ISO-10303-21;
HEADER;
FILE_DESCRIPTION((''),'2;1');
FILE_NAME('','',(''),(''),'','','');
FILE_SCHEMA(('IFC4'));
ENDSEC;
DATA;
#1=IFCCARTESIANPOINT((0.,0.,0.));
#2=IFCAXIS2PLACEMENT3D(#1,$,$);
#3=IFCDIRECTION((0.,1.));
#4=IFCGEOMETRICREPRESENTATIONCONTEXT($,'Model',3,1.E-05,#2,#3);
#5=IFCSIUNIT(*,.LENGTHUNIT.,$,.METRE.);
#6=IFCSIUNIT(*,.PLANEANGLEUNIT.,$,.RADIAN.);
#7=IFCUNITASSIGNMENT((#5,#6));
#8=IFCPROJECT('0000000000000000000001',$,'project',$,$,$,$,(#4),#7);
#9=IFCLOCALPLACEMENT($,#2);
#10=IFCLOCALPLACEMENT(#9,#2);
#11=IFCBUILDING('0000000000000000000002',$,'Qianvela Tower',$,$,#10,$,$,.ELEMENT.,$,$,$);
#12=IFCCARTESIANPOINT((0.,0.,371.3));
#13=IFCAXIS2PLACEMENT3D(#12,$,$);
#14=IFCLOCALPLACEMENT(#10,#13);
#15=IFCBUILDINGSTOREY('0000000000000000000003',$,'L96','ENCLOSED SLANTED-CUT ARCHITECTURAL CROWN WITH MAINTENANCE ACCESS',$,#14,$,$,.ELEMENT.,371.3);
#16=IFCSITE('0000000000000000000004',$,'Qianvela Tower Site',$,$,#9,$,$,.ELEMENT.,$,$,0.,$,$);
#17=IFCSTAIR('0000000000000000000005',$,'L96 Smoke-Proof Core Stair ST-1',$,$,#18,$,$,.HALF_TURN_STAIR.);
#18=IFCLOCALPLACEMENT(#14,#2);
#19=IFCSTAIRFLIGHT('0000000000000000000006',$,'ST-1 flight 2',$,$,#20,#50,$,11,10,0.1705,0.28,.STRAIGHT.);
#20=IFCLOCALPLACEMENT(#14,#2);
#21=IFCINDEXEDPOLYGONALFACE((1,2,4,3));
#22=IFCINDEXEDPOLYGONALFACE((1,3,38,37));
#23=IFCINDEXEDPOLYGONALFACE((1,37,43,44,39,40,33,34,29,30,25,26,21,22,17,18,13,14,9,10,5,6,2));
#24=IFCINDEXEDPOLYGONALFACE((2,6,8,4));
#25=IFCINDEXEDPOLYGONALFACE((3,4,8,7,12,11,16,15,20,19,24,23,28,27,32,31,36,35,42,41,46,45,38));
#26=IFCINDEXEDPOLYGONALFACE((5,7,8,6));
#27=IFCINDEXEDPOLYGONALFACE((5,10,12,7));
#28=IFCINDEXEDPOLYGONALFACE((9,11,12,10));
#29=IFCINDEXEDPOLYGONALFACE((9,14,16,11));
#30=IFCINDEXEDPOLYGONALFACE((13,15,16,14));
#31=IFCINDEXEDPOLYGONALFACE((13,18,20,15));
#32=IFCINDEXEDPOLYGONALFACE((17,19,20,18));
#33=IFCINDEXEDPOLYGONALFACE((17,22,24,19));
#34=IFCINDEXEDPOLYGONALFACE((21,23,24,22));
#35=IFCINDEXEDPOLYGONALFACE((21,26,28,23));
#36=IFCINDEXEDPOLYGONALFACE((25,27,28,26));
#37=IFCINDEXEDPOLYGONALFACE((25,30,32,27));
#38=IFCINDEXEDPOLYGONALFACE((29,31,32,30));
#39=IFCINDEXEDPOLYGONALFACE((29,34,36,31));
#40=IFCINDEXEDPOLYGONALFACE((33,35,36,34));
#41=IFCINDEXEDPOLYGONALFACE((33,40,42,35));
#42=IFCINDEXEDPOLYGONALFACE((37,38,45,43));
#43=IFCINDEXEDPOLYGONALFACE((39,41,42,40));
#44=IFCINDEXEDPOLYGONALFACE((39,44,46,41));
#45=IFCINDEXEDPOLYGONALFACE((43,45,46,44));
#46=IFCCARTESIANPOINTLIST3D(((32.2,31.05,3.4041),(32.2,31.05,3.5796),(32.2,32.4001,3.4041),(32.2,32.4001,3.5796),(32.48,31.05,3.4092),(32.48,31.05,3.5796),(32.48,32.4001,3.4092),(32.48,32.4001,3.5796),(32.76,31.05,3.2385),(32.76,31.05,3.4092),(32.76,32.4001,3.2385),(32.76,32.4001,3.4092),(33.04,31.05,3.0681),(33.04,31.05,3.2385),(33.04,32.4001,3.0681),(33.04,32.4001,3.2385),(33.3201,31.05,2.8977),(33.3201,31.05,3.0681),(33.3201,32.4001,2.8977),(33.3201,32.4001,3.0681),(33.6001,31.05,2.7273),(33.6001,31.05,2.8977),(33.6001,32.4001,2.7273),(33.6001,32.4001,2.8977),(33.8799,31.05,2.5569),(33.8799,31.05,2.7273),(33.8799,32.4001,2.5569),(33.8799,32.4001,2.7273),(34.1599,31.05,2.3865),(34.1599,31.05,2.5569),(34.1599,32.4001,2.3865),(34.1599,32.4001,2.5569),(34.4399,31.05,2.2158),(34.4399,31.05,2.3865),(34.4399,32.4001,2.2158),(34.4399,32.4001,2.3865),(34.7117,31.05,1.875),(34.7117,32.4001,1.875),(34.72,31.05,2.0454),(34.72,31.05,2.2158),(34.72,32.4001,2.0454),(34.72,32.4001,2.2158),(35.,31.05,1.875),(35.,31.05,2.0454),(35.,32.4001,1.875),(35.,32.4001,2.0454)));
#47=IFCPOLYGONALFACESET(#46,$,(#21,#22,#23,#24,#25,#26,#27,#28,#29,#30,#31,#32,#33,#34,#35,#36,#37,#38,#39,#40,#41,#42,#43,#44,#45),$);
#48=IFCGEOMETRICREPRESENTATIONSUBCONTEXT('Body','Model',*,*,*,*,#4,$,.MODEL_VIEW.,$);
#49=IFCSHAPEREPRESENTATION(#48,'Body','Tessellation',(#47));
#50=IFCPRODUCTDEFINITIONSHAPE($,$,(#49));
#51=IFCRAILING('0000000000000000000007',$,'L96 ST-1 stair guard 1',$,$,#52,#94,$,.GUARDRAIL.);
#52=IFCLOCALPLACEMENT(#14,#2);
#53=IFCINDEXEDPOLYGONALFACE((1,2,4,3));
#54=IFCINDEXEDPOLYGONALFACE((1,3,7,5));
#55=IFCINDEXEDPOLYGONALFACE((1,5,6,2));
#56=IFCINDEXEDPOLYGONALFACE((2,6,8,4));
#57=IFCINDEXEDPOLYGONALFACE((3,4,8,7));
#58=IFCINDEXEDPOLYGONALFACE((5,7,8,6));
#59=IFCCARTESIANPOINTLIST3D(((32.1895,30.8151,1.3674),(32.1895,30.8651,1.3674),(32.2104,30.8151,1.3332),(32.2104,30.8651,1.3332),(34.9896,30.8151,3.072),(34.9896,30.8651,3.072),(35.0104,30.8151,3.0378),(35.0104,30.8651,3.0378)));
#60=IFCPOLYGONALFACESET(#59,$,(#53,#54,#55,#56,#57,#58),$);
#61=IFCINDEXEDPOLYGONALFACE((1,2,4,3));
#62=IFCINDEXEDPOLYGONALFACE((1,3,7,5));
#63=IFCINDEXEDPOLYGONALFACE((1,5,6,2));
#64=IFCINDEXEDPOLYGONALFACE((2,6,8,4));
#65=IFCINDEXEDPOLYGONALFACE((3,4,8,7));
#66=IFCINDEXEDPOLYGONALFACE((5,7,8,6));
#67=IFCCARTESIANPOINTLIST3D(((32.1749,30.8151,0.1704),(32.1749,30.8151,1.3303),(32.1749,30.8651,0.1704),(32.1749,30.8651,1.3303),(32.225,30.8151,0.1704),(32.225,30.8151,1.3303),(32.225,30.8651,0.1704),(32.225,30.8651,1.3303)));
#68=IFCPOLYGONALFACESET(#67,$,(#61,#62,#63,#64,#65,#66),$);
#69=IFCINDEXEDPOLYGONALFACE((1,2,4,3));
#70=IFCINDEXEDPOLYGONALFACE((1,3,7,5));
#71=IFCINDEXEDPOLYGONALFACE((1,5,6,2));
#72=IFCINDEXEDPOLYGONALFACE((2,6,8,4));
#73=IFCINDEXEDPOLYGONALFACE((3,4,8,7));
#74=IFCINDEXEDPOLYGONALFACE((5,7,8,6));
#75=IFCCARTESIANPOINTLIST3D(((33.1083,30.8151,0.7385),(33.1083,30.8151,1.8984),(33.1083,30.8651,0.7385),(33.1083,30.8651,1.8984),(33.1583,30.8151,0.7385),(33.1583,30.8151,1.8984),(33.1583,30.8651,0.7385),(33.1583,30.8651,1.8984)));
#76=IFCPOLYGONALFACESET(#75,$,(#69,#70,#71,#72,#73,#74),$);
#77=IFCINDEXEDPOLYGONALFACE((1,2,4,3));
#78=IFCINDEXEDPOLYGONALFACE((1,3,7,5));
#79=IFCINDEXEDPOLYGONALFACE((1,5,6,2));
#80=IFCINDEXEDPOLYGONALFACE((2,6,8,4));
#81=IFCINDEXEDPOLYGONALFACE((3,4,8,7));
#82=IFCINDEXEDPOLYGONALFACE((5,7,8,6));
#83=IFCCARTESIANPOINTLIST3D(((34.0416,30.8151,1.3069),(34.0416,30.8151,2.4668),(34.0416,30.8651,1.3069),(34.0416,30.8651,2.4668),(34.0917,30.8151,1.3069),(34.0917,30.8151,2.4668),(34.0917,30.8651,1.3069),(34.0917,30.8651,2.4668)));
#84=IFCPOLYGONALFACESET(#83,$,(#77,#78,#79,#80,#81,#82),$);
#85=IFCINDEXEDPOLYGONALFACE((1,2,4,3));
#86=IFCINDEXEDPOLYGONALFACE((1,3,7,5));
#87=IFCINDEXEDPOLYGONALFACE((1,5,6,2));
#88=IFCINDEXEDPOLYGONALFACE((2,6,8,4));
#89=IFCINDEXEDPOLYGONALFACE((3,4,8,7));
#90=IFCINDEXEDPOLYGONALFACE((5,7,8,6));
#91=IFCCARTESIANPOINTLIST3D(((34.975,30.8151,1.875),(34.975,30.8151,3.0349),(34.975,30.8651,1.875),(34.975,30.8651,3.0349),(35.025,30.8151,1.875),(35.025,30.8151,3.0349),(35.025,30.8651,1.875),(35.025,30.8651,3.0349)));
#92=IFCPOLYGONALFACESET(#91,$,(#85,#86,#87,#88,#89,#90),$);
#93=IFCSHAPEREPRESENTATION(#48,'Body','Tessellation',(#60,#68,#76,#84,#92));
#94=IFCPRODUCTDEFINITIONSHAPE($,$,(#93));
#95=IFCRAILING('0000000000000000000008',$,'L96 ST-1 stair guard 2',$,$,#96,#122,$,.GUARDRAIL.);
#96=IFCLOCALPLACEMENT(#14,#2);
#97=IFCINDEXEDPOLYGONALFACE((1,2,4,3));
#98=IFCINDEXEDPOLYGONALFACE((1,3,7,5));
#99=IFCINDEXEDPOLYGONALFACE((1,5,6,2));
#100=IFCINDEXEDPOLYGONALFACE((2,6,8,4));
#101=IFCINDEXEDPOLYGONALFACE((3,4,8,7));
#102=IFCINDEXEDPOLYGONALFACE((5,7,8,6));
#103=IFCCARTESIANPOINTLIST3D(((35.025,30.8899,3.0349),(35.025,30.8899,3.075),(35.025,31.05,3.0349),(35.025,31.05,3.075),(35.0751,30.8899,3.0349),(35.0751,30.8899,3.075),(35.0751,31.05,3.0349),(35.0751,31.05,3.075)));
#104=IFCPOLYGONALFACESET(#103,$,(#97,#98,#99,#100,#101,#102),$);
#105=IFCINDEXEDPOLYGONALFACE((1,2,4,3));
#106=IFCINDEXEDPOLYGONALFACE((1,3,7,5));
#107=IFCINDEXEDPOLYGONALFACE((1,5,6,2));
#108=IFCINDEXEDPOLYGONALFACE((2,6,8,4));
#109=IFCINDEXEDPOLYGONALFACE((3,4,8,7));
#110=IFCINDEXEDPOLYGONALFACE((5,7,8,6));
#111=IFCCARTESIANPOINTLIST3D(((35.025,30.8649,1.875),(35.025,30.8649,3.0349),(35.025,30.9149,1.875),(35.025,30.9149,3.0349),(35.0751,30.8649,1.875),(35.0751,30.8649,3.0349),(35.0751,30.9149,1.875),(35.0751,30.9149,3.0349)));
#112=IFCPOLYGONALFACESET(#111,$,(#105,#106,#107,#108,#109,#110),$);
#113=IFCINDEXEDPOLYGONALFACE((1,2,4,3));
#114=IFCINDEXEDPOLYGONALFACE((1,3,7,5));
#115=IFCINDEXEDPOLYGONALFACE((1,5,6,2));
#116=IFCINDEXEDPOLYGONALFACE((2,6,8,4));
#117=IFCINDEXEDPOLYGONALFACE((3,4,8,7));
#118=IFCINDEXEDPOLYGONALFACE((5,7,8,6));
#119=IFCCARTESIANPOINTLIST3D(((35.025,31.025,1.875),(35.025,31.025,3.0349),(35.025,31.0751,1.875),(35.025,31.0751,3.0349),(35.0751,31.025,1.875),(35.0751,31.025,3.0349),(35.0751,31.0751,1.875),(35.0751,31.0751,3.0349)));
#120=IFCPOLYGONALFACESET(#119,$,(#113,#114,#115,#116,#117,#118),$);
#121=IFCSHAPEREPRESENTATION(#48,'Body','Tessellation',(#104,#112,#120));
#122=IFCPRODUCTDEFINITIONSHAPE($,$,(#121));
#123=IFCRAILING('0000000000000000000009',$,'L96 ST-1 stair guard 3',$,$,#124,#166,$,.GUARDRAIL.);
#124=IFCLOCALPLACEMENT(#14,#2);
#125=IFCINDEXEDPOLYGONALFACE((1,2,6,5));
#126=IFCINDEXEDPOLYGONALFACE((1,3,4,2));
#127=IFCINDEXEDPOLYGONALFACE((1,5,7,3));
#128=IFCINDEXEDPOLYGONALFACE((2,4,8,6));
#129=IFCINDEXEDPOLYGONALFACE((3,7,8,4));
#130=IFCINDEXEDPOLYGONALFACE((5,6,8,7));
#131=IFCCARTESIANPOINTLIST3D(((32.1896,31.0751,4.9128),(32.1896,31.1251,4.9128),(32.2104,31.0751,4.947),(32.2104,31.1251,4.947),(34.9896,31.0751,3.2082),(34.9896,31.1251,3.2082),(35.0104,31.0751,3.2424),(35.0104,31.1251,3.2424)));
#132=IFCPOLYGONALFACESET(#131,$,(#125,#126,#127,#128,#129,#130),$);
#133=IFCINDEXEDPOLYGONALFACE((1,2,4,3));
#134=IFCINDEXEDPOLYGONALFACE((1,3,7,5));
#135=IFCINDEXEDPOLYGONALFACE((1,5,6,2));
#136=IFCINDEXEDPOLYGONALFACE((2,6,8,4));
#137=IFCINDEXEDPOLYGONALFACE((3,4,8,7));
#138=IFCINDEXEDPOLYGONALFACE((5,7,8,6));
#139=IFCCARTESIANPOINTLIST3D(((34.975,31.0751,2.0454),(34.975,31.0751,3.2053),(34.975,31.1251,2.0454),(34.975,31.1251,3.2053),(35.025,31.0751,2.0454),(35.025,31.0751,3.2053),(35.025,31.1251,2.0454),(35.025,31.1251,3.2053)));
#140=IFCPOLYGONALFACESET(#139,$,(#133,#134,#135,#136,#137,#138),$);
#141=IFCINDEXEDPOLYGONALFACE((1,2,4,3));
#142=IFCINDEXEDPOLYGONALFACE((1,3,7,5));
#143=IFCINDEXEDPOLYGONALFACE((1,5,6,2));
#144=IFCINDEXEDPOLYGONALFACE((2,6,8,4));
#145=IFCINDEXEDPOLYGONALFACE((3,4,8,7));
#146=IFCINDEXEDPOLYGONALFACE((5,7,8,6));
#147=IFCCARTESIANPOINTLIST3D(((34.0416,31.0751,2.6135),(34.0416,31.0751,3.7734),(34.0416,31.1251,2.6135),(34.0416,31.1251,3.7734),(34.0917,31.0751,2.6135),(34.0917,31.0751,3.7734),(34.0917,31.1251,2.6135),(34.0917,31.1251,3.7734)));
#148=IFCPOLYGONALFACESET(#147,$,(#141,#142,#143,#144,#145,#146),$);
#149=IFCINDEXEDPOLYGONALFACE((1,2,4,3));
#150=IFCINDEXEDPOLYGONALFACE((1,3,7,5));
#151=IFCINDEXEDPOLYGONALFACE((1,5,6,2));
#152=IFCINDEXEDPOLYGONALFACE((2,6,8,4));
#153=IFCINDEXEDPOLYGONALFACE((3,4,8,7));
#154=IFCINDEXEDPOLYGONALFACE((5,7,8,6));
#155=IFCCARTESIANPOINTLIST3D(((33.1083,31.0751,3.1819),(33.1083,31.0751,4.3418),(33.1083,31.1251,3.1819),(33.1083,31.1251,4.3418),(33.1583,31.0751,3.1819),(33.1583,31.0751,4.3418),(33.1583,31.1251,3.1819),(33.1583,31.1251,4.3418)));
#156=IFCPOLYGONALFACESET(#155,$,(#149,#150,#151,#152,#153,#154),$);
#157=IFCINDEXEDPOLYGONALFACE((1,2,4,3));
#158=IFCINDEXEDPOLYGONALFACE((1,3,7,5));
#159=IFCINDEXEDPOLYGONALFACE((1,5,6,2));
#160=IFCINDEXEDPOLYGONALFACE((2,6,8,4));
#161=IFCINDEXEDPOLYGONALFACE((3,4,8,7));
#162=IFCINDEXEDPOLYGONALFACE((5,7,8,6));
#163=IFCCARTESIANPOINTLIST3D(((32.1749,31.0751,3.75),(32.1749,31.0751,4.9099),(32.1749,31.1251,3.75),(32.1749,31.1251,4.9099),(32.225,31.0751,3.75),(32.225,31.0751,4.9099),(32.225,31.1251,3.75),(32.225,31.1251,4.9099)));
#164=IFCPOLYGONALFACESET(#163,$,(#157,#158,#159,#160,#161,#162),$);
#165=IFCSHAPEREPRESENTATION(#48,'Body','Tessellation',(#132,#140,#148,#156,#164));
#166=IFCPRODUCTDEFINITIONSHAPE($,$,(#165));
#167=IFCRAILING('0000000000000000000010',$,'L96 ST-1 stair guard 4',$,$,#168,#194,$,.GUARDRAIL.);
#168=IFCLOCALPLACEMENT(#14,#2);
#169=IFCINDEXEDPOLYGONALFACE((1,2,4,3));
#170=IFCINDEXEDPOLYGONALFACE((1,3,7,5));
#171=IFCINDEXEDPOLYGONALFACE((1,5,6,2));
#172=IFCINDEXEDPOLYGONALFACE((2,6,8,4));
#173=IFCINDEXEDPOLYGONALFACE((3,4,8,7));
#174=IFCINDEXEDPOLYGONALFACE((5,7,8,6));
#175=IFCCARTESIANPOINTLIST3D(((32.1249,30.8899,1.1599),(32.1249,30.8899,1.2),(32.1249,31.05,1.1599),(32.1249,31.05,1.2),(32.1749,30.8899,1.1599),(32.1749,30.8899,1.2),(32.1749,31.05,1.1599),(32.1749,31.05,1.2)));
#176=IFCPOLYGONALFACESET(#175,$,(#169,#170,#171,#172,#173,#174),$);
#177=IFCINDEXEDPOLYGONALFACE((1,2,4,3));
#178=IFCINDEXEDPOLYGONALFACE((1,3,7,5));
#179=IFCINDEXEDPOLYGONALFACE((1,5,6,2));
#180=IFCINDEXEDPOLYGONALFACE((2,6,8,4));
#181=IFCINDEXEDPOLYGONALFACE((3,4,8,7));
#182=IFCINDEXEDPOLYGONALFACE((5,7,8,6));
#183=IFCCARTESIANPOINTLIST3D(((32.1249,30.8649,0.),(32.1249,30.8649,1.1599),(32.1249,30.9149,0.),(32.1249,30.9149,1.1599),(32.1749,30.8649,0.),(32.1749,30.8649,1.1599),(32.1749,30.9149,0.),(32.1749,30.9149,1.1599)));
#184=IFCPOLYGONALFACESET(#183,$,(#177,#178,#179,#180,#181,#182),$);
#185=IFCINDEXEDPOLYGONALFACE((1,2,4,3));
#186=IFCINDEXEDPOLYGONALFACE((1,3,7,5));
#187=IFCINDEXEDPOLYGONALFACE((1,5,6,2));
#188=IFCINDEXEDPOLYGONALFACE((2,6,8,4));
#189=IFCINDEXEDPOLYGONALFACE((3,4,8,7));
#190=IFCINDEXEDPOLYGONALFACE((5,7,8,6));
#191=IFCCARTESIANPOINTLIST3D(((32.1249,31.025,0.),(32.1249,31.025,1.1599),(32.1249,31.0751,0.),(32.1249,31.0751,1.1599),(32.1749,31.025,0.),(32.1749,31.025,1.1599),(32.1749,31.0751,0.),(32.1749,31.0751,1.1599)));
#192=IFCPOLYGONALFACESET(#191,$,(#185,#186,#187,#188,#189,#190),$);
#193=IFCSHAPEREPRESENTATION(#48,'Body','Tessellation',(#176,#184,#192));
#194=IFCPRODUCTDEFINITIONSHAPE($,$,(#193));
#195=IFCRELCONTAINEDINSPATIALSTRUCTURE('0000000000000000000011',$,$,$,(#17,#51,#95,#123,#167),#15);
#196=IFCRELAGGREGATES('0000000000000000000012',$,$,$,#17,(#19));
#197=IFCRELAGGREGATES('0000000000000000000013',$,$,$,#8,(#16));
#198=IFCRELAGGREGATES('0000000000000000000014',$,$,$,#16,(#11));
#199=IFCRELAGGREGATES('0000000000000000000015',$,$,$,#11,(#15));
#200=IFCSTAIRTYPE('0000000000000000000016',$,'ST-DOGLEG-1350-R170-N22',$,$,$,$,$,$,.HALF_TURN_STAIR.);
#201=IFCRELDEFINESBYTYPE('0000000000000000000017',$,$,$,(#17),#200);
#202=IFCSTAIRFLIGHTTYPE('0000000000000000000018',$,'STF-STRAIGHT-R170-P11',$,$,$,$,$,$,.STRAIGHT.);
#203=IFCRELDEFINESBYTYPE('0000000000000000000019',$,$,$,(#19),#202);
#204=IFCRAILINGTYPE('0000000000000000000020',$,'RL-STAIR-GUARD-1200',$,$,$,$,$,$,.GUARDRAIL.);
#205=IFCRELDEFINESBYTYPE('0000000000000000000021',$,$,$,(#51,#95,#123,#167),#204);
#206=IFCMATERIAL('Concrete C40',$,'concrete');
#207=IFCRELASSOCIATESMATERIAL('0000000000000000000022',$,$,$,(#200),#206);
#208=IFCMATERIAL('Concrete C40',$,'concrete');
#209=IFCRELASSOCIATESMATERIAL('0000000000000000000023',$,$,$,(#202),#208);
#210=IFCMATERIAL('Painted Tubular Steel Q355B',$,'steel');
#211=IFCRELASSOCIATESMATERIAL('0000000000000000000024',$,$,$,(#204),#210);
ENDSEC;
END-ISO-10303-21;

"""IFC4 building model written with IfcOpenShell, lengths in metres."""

from ifc_helpers import new_model, si_unit, direction, frame, origin, origin_2d, place, context, subcontext, project, spatial, polyline, rectangle, outline, extrude, material, type_object, element, aggregate, save


model = new_model("IFC4")

# Units and contexts
model_context = context("Model", 3, precision=1e-05, world=origin(), true_north=direction((0.0, 1.0)))
body_context = subcontext(model_context, "Body", "Model", "MODEL_VIEW")
ifc_project = project(units=[si_unit("LENGTHUNIT", "METRE"), si_unit("PLANEANGLEUNIT", "RADIAN")], contexts=[model_context])

# Site, building, storey
site_placement = place(None, origin())
site = spatial("IfcSite", under=ifc_project, at=site_placement, Name="Qianvela Tower Site", CompositionType="ELEMENT", RefElevation=0.0)
building_placement = place(site_placement, origin())
building = spatial("IfcBuilding", under=site, at=building_placement, Name="Qianvela Tower", CompositionType="ELEMENT")
storey_placement = place(building_placement, frame((0.0, 0.0, 371.3)))
storey = spatial("IfcBuildingStorey", under=building, at=storey_placement, Name="L96", Description="ENCLOSED SLANTED-CUT ARCHITECTURAL CROWN WITH MAINTENANCE ACCESS", CompositionType="ELEMENT", Elevation=371.3)

# Stair, stair flight
ifc_material_1 = material(Name="Concrete C40", Category="concrete")
stair_type = type_object("IfcStairType", Name="ST-DOGLEG-1350-R170-N22", PredefinedType="HALF_TURN_STAIR", material=ifc_material_1)
stair_placement = place(storey_placement, origin())
stair = element("IfcStair", 1, at=stair_placement, inside=storey, type_object=stair_type, Name="L96 Smoke-Proof Core Stair ST-1", PredefinedType="HALF_TURN_STAIR")
ifc_material_2 = material(Name="Concrete C40", Category="concrete")
stair_flight_type = type_object("IfcStairFlightType", Name="STF-STRAIGHT-R170-P11", PredefinedType="STRAIGHT", material=ifc_material_2)
stair_flight_1_placement = place(storey_placement, frame((35.0, 31.7251, 1.875), z_axis=(0.0, 0.0, 1.0), x_axis=(-1.0, 0.0, 0.0)))
stair_flight_1 = element("IfcStairFlight", 2, at=stair_flight_1_placement, type_object=stair_flight_type, Name="ST-1 flight 2", NumberOfRisers=11, NumberOfTreads=10, PredefinedType="STRAIGHT", RiserHeight=0.1705, TreadLength=0.28, context=body_context, shape_type="SweptSolid", body=[
    extrude(outline(polyline([(0.0, 0.0), (0.0, 0.1704), (0.28, 0.1704), (0.28, 0.3408), (0.5601, 0.3408), (0.5601, 0.5115), (0.8401, 0.5115), (0.8401, 0.6819), (1.1201, 0.6819), (1.1201, 0.8523), (1.3999, 0.8523), (1.3999, 1.0227), (1.6799, 1.0227), (1.6799, 1.1931), (1.96, 1.1931), (1.96, 1.3635), (2.24, 1.3635), (2.24, 1.5342), (2.52, 1.5342), (2.52, 1.7046), (2.8, 1.7046), (2.8, 1.875), (2.8, 1.5291), (0.2883, 0.0), (0.0, 0.0)])), frame((0.0, 0.675, 0.0), z_axis=(0.0, -1.0, 0.0), x_axis=(1.0, 0.0, 0.0)), (0.0, 0.0, 1.0), 1.3501),
])
aggregate(stair, [stair_flight_1])

# Railings
ifc_material_3 = material(Name="Painted Tubular Steel Q355B", Category="steel")
railing_type_1 = type_object("IfcRailingType", Name="RL-STAIR-GUARD-1200", PredefinedType="GUARDRAIL", material=ifc_material_3)
railing_1_placement = place(storey_placement, frame((32.2, 30.8401, 0.1704)))
element("IfcRailing", 3, at=railing_1_placement, inside=storey, type_object=railing_type_1, Name="L96 ST-1 stair guard 1", PredefinedType="GUARDRAIL", context=body_context, shape_type="SweptSolid", body=[
    extrude(rectangle(XDim=0.05, YDim=0.04, at=origin_2d()), frame((0.0, 0.0, 1.1799), z_axis=(0.85417, 0.0, 0.519994), x_axis=(0.0, 1.0, 0.0)), (0.0, 0.0, 1.0), 3.2781),
    extrude(rectangle(XDim=0.05, YDim=0.05, at=origin_2d()), origin(), (0.0, 0.0, 1.0), 1.1599),
    extrude(rectangle(XDim=0.05, YDim=0.05, at=origin_2d()), frame((0.9333, 0.0, 0.5681)), (0.0, 0.0, 1.0), 1.1599),
    extrude(rectangle(XDim=0.05, YDim=0.05, at=origin_2d()), frame((1.8667, 0.0, 1.1365)), (0.0, 0.0, 1.0), 1.1599),
    extrude(rectangle(XDim=0.05, YDim=0.05, at=origin_2d()), frame((2.8, 0.0, 1.7046)), (0.0, 0.0, 1.0), 1.1599),
])
railing_2_placement = place(storey_placement, frame((35.05, 30.8899, 1.875)))
element("IfcRailing", 4, at=railing_2_placement, inside=storey, type_object=railing_type_1, Name="L96 ST-1 stair guard 2", PredefinedType="GUARDRAIL", context=body_context, shape_type="SweptSolid", body=[
    extrude(rectangle(XDim=0.05, YDim=0.04, at=origin_2d()), frame((0.0, 0.0, 1.1799), z_axis=(0.0, 1.0, 0.0), x_axis=(-1.0, 0.0, 0.0)), (0.0, 0.0, 1.0), 0.1602),
    extrude(rectangle(XDim=0.05, YDim=0.05, at=origin_2d()), origin(), (0.0, 0.0, 1.0), 1.1599),
    extrude(rectangle(XDim=0.05, YDim=0.05, at=origin_2d()), frame((0.0, 0.1602, 0.0)), (0.0, 0.0, 1.0), 1.1599),
])
railing_3_placement = place(storey_placement, frame((35.0, 31.1001, 2.0454)))
element("IfcRailing", 5, at=railing_3_placement, inside=storey, type_object=railing_type_1, Name="L96 ST-1 stair guard 3", PredefinedType="GUARDRAIL", context=body_context, shape_type="SweptSolid", body=[
    extrude(rectangle(XDim=0.05, YDim=0.04, at=origin_2d()), frame((0.0, 0.0, 1.1799), z_axis=(-0.85417, 0.0, 0.519994), x_axis=(0.0, -1.0, 0.0)), (0.0, 0.0, 1.0), 3.2781),
    extrude(rectangle(XDim=0.05, YDim=0.05, at=origin_2d()), origin(), (0.0, 0.0, 1.0), 1.1599),
    extrude(rectangle(XDim=0.05, YDim=0.05, at=origin_2d()), frame((-0.9333, 0.0, 0.5681)), (0.0, 0.0, 1.0), 1.1599),
    extrude(rectangle(XDim=0.05, YDim=0.05, at=origin_2d()), frame((-1.8667, 0.0, 1.1365)), (0.0, 0.0, 1.0), 1.1599),
    extrude(rectangle(XDim=0.05, YDim=0.05, at=origin_2d()), frame((-2.8, 0.0, 1.7046)), (0.0, 0.0, 1.0), 1.1599),
])
railing_4_placement = place(storey_placement, frame((32.1499, 30.8899, 0.0)))
element("IfcRailing", 6, at=railing_4_placement, inside=storey, type_object=railing_type_1, Name="L96 ST-1 stair guard 4", PredefinedType="GUARDRAIL", context=body_context, shape_type="SweptSolid", body=[
    extrude(rectangle(XDim=0.05, YDim=0.04, at=origin_2d()), frame((0.0, 0.0, 1.1799), z_axis=(0.0, 1.0, 0.0), x_axis=(-1.0, 0.0, 0.0)), (0.0, 0.0, 1.0), 0.1602),
    extrude(rectangle(XDim=0.05, YDim=0.05, at=origin_2d()), origin(), (0.0, 0.0, 1.0), 1.1599),
    extrude(rectangle(XDim=0.05, YDim=0.05, at=origin_2d()), frame((0.0, 0.1602, 0.0)), (0.0, 0.0, 1.0), 1.1599),
])

save(model, "model.ifc")
